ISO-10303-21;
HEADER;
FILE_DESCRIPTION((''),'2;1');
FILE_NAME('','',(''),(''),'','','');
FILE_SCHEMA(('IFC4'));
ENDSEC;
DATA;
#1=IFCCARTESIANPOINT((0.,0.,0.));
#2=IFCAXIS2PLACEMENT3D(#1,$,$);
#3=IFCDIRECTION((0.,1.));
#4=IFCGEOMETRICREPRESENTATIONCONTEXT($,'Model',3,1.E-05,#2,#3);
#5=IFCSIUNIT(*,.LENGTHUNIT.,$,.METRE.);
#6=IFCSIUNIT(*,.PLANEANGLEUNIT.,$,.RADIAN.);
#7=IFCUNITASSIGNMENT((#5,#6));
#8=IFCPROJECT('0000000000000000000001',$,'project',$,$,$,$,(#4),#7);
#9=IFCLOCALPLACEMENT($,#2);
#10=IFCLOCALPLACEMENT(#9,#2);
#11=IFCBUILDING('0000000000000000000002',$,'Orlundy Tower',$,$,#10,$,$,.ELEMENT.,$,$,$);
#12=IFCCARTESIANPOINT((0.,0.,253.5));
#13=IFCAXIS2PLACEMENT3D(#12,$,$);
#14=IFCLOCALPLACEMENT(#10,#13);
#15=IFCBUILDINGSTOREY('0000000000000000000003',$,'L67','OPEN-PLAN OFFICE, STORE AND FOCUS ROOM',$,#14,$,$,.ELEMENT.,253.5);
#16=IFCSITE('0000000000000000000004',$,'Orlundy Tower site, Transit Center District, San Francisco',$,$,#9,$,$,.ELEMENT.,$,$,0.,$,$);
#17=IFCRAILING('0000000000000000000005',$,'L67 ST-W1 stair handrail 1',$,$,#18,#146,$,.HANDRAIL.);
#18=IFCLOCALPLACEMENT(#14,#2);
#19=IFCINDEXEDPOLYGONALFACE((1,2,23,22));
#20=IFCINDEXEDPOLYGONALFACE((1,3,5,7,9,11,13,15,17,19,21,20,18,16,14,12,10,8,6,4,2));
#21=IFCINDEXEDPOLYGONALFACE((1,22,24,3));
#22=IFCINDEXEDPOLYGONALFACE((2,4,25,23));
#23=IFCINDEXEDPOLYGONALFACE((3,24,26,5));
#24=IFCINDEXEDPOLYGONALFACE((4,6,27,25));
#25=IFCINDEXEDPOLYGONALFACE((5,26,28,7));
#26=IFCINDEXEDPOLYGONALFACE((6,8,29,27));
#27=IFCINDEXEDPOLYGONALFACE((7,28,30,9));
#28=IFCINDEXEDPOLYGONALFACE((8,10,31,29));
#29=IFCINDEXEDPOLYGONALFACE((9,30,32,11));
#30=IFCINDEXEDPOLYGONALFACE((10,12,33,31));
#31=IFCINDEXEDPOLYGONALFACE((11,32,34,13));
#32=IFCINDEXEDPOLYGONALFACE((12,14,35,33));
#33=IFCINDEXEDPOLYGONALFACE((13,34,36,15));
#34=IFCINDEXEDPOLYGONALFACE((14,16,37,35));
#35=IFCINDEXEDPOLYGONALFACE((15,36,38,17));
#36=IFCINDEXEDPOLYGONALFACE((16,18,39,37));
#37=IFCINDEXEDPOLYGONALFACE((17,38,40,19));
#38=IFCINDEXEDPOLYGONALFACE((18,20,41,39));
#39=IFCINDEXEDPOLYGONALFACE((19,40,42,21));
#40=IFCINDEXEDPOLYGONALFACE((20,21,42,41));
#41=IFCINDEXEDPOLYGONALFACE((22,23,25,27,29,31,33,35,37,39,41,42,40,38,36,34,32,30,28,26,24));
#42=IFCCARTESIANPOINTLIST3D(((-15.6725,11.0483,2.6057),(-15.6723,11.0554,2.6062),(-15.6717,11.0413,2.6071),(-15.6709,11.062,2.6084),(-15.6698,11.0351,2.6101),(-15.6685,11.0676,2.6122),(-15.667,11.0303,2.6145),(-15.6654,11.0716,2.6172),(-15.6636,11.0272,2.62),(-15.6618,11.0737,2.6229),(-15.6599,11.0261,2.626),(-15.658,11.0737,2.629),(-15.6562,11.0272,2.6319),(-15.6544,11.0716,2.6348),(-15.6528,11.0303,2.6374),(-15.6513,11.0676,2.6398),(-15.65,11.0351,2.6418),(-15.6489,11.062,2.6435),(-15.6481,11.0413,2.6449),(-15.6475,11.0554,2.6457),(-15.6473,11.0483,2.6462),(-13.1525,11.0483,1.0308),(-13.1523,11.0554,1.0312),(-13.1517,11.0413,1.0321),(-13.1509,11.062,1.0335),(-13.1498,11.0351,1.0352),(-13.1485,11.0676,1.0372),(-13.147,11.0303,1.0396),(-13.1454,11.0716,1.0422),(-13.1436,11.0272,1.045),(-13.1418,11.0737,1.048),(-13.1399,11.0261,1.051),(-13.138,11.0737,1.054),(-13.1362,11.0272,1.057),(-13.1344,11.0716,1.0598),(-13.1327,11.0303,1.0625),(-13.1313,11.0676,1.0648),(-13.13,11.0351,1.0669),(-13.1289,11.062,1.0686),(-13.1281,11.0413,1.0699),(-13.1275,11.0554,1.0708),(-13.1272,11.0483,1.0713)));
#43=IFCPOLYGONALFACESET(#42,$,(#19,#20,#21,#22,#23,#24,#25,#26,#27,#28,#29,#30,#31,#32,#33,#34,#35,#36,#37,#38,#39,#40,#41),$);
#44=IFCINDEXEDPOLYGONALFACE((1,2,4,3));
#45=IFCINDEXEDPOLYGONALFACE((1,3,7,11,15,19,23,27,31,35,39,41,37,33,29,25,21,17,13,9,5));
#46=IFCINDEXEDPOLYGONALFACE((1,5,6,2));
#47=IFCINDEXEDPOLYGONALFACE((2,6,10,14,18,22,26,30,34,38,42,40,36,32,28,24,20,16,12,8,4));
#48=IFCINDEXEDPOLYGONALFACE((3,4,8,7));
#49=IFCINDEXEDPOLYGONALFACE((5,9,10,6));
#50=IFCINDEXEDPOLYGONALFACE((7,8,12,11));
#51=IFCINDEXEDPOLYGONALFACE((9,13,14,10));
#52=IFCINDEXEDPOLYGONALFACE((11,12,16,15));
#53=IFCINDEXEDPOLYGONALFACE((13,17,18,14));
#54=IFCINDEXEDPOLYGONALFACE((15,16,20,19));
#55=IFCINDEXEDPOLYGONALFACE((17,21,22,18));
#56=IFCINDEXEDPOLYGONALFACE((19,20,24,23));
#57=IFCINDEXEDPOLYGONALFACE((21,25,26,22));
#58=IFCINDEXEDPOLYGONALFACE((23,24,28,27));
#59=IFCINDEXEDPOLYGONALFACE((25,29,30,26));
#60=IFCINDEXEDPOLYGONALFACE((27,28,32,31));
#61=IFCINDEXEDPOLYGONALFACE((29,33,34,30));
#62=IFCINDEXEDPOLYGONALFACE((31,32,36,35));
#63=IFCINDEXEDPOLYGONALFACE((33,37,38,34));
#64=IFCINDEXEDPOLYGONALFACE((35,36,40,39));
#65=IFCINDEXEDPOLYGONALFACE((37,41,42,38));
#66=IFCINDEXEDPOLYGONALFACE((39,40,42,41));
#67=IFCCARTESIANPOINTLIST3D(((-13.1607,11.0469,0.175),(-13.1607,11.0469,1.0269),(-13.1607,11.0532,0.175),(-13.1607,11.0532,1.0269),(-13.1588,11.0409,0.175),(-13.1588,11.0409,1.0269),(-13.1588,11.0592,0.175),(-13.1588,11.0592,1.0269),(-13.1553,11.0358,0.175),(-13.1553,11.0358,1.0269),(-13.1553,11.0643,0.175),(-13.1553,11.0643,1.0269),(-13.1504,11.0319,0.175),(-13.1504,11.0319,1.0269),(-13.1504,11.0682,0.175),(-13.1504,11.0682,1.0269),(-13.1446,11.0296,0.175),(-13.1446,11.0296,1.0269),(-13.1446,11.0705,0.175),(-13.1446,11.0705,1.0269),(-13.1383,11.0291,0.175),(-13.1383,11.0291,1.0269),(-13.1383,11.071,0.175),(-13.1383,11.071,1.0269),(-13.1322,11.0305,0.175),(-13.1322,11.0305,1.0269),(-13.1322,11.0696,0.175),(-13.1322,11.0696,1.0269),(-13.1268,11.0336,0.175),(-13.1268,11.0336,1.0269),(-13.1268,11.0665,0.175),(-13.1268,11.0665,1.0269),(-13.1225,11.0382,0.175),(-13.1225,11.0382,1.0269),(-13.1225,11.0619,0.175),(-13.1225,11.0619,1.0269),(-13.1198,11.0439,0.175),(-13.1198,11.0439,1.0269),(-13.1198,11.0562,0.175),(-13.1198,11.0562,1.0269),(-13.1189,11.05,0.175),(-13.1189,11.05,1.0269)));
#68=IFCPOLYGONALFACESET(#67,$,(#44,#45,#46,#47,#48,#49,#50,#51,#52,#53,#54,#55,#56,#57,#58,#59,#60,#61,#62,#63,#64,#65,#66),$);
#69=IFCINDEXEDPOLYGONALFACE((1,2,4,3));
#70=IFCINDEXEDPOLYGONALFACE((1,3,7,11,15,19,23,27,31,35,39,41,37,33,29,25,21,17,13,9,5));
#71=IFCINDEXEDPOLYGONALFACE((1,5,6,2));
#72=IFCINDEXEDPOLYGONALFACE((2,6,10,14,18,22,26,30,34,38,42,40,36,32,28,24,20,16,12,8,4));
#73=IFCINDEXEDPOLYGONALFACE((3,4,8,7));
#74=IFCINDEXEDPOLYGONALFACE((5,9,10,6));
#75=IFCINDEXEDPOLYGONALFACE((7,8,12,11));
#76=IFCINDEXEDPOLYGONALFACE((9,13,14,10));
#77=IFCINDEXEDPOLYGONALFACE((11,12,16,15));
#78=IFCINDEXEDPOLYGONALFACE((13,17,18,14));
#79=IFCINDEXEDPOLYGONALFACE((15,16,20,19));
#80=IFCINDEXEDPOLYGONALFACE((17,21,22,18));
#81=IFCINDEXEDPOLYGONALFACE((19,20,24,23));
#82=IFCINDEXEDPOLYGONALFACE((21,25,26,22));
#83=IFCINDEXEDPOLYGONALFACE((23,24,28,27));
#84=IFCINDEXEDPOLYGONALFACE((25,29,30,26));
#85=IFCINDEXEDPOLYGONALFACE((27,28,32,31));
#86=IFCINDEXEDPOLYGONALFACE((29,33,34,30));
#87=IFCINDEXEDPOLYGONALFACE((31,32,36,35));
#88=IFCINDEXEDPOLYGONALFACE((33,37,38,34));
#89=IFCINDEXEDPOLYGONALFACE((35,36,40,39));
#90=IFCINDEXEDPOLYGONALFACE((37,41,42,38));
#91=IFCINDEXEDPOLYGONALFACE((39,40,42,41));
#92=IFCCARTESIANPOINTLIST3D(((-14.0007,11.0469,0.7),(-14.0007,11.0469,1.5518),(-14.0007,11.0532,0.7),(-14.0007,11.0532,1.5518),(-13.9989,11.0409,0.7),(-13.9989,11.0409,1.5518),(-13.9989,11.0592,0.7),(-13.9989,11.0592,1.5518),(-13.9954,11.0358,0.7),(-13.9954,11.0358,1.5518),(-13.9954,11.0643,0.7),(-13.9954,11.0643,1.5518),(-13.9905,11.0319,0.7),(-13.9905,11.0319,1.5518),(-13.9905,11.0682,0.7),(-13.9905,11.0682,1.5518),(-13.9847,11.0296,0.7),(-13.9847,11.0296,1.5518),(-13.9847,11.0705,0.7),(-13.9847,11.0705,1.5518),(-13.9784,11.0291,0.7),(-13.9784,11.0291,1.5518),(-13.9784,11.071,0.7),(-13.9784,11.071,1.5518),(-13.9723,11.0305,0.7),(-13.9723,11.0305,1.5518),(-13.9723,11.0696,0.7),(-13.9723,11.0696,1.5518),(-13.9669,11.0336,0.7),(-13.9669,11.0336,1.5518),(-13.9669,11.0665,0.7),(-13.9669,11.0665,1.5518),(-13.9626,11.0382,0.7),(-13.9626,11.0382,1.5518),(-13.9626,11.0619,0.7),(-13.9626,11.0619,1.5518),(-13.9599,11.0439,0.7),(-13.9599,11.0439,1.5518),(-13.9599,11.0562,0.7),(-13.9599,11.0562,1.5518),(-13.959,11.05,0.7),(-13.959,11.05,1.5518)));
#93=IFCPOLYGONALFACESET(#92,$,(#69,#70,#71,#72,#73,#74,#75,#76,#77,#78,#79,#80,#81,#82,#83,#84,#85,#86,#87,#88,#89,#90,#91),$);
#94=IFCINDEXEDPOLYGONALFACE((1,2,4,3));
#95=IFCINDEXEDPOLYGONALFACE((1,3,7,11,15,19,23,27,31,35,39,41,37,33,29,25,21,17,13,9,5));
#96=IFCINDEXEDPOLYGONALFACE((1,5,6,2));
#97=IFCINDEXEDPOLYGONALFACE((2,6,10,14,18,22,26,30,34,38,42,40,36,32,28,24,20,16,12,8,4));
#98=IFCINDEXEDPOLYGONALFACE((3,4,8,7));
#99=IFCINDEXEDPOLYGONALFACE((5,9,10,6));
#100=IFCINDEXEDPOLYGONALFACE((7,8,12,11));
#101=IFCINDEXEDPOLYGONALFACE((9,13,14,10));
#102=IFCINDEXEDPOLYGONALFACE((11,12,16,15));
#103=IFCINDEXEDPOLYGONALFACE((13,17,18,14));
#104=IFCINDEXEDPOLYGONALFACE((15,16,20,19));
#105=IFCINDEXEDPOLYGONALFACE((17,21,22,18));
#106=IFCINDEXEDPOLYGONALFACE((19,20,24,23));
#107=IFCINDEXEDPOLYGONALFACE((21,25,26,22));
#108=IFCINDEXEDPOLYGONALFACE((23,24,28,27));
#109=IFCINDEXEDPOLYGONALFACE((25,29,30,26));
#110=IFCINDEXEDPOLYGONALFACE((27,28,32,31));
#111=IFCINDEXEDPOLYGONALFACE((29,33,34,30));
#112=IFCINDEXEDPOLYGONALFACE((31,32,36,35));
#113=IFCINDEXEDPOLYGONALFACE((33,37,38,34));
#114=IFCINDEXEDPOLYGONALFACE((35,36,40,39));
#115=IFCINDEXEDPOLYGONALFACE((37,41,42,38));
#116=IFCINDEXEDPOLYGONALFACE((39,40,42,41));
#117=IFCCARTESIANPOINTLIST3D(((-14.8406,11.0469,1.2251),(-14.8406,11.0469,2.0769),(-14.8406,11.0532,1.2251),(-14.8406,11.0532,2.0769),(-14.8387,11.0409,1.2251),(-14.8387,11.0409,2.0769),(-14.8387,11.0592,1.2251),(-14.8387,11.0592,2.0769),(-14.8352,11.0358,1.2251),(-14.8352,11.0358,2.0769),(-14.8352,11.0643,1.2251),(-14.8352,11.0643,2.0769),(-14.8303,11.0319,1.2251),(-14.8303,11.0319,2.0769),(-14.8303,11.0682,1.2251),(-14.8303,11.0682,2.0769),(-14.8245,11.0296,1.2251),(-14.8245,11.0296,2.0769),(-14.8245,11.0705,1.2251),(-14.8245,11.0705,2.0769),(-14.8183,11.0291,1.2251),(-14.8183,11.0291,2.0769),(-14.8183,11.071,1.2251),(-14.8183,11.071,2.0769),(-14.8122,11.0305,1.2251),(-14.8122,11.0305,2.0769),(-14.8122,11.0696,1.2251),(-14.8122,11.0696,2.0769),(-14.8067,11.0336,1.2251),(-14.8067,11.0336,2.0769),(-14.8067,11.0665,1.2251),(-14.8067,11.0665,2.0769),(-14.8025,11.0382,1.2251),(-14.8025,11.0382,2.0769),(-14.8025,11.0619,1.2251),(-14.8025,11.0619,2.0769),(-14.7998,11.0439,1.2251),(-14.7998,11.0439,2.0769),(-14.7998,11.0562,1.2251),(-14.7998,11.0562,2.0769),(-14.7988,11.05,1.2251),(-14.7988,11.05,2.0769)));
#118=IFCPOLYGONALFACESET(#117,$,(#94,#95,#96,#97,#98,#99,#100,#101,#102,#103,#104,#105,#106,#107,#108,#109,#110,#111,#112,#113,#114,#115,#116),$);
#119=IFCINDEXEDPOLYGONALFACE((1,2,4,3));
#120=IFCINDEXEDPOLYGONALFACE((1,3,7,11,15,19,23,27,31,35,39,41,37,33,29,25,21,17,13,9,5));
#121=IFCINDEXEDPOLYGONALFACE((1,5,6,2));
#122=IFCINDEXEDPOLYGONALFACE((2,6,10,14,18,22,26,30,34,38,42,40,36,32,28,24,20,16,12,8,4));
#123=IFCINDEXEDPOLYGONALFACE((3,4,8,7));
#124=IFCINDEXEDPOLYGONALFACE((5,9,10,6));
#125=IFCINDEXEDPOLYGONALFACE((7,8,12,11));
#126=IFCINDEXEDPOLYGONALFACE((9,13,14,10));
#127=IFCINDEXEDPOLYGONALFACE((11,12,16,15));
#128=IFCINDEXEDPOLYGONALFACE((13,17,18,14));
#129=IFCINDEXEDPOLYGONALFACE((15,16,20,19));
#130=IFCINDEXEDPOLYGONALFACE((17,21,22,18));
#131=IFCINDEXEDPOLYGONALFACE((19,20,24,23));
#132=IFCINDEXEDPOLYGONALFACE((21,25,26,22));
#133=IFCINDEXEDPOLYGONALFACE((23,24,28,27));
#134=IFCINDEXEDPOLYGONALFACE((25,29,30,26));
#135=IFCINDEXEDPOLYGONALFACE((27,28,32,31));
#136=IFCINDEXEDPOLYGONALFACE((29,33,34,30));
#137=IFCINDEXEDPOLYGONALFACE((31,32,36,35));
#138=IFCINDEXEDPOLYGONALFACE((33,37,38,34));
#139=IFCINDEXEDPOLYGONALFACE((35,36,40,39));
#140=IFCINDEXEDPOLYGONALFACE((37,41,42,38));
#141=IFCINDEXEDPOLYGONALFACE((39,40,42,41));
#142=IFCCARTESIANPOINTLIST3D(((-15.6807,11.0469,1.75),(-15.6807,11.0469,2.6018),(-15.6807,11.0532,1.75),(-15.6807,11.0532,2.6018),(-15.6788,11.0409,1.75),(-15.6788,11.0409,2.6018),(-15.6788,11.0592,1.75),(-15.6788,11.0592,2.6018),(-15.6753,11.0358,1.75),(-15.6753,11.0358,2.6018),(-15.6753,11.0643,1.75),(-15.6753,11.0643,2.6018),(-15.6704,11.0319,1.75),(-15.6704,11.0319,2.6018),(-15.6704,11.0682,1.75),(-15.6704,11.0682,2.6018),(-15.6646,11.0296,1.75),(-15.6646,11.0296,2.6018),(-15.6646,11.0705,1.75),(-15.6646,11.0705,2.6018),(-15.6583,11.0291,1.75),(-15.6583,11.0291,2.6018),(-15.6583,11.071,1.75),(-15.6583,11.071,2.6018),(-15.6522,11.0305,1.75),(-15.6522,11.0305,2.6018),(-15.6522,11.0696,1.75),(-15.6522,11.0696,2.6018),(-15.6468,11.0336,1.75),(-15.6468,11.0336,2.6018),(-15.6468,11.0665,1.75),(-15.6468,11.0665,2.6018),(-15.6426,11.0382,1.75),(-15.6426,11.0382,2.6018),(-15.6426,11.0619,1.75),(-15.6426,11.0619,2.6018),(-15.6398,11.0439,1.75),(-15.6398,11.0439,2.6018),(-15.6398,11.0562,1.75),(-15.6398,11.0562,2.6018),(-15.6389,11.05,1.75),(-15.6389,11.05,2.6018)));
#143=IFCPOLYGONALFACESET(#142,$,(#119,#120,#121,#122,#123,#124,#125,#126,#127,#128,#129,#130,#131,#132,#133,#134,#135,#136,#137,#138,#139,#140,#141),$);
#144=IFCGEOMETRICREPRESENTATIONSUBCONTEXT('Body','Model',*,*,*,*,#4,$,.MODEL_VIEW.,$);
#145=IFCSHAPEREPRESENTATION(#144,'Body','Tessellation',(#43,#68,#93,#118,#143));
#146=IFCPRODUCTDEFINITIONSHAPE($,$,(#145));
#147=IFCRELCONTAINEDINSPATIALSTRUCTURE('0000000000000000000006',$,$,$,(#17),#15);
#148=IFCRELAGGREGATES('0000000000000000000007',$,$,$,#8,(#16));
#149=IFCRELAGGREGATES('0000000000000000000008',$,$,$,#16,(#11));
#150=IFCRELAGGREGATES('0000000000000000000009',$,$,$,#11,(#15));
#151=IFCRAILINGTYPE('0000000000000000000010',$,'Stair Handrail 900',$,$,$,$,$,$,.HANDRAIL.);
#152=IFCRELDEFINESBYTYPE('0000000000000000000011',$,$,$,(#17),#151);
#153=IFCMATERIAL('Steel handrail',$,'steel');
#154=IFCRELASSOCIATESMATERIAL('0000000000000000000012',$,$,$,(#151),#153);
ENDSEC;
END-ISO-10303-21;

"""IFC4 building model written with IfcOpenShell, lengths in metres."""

from ifc_helpers import new_model, si_unit, direction, frame, origin, origin_2d, place, context, subcontext, project, spatial, circle, extrude, material, type_object, element, save


model = new_model("IFC4")

# Units and contexts
model_context = context("Model", 3, precision=1e-05, world=origin(), true_north=direction((0.0, 1.0)))
body_context = subcontext(model_context, "Body", "Model", "MODEL_VIEW")
ifc_project = project(units=[si_unit("LENGTHUNIT", "METRE"), si_unit("PLANEANGLEUNIT", "RADIAN")], contexts=[model_context])

# Site, building, storey
site_placement = place(None, origin())
site = spatial("IfcSite", under=ifc_project, at=site_placement, Name="Orlundy Tower site, Transit Center District, San Francisco", CompositionType="ELEMENT", RefElevation=0.0)
building_placement = place(site_placement, origin())
building = spatial("IfcBuilding", under=site, at=building_placement, Name="Orlundy Tower", CompositionType="ELEMENT")
storey_placement = place(building_placement, frame((0.0, 0.0, 253.5)))
storey = spatial("IfcBuildingStorey", under=building, at=storey_placement, Name="L67", Description="OPEN-PLAN OFFICE, STORE AND FOCUS ROOM", CompositionType="ELEMENT", Elevation=253.5)

# Railing
ifc_material_1 = material(Name="Steel handrail", Category="steel")
railing_type_1 = type_object("IfcRailingType", Name="Stair Handrail 900", PredefinedType="HANDRAIL", material=ifc_material_1)
railing_1_placement = place(storey_placement, frame((-13.1399, 11.05, 0.175)))
element("IfcRailing", 1, at=railing_1_placement, inside=storey, type_object=railing_type_1, Name="L67 ST-W1 stair handrail 1", PredefinedType="HANDRAIL", context=body_context, shape_type="SweptSolid", body=[
    extrude(circle(Radius=0.0239, at=origin_2d()), frame((0.0, 0.0, 0.876), z_axis=(-0.848008, 0.0, 0.529984), x_axis=(0.0, -1.0, 0.0)), (0.0, 0.0, 1.0), 2.9717),
    extrude(circle(Radius=0.021, at=origin_2d()), origin(), (0.0, 0.0, 1.0), 0.8518),
    extrude(circle(Radius=0.021, at=origin_2d()), frame((-0.8401, 0.0, 0.5249)), (0.0, 0.0, 1.0), 0.8518),
    extrude(circle(Radius=0.021, at=origin_2d()), frame((-1.6799, 0.0, 1.05)), (0.0, 0.0, 1.0), 0.8518),
    extrude(circle(Radius=0.021, at=origin_2d()), frame((-2.52, 0.0, 1.575)), (0.0, 0.0, 1.0), 0.8518),
])

save(model, "model.ifc")
